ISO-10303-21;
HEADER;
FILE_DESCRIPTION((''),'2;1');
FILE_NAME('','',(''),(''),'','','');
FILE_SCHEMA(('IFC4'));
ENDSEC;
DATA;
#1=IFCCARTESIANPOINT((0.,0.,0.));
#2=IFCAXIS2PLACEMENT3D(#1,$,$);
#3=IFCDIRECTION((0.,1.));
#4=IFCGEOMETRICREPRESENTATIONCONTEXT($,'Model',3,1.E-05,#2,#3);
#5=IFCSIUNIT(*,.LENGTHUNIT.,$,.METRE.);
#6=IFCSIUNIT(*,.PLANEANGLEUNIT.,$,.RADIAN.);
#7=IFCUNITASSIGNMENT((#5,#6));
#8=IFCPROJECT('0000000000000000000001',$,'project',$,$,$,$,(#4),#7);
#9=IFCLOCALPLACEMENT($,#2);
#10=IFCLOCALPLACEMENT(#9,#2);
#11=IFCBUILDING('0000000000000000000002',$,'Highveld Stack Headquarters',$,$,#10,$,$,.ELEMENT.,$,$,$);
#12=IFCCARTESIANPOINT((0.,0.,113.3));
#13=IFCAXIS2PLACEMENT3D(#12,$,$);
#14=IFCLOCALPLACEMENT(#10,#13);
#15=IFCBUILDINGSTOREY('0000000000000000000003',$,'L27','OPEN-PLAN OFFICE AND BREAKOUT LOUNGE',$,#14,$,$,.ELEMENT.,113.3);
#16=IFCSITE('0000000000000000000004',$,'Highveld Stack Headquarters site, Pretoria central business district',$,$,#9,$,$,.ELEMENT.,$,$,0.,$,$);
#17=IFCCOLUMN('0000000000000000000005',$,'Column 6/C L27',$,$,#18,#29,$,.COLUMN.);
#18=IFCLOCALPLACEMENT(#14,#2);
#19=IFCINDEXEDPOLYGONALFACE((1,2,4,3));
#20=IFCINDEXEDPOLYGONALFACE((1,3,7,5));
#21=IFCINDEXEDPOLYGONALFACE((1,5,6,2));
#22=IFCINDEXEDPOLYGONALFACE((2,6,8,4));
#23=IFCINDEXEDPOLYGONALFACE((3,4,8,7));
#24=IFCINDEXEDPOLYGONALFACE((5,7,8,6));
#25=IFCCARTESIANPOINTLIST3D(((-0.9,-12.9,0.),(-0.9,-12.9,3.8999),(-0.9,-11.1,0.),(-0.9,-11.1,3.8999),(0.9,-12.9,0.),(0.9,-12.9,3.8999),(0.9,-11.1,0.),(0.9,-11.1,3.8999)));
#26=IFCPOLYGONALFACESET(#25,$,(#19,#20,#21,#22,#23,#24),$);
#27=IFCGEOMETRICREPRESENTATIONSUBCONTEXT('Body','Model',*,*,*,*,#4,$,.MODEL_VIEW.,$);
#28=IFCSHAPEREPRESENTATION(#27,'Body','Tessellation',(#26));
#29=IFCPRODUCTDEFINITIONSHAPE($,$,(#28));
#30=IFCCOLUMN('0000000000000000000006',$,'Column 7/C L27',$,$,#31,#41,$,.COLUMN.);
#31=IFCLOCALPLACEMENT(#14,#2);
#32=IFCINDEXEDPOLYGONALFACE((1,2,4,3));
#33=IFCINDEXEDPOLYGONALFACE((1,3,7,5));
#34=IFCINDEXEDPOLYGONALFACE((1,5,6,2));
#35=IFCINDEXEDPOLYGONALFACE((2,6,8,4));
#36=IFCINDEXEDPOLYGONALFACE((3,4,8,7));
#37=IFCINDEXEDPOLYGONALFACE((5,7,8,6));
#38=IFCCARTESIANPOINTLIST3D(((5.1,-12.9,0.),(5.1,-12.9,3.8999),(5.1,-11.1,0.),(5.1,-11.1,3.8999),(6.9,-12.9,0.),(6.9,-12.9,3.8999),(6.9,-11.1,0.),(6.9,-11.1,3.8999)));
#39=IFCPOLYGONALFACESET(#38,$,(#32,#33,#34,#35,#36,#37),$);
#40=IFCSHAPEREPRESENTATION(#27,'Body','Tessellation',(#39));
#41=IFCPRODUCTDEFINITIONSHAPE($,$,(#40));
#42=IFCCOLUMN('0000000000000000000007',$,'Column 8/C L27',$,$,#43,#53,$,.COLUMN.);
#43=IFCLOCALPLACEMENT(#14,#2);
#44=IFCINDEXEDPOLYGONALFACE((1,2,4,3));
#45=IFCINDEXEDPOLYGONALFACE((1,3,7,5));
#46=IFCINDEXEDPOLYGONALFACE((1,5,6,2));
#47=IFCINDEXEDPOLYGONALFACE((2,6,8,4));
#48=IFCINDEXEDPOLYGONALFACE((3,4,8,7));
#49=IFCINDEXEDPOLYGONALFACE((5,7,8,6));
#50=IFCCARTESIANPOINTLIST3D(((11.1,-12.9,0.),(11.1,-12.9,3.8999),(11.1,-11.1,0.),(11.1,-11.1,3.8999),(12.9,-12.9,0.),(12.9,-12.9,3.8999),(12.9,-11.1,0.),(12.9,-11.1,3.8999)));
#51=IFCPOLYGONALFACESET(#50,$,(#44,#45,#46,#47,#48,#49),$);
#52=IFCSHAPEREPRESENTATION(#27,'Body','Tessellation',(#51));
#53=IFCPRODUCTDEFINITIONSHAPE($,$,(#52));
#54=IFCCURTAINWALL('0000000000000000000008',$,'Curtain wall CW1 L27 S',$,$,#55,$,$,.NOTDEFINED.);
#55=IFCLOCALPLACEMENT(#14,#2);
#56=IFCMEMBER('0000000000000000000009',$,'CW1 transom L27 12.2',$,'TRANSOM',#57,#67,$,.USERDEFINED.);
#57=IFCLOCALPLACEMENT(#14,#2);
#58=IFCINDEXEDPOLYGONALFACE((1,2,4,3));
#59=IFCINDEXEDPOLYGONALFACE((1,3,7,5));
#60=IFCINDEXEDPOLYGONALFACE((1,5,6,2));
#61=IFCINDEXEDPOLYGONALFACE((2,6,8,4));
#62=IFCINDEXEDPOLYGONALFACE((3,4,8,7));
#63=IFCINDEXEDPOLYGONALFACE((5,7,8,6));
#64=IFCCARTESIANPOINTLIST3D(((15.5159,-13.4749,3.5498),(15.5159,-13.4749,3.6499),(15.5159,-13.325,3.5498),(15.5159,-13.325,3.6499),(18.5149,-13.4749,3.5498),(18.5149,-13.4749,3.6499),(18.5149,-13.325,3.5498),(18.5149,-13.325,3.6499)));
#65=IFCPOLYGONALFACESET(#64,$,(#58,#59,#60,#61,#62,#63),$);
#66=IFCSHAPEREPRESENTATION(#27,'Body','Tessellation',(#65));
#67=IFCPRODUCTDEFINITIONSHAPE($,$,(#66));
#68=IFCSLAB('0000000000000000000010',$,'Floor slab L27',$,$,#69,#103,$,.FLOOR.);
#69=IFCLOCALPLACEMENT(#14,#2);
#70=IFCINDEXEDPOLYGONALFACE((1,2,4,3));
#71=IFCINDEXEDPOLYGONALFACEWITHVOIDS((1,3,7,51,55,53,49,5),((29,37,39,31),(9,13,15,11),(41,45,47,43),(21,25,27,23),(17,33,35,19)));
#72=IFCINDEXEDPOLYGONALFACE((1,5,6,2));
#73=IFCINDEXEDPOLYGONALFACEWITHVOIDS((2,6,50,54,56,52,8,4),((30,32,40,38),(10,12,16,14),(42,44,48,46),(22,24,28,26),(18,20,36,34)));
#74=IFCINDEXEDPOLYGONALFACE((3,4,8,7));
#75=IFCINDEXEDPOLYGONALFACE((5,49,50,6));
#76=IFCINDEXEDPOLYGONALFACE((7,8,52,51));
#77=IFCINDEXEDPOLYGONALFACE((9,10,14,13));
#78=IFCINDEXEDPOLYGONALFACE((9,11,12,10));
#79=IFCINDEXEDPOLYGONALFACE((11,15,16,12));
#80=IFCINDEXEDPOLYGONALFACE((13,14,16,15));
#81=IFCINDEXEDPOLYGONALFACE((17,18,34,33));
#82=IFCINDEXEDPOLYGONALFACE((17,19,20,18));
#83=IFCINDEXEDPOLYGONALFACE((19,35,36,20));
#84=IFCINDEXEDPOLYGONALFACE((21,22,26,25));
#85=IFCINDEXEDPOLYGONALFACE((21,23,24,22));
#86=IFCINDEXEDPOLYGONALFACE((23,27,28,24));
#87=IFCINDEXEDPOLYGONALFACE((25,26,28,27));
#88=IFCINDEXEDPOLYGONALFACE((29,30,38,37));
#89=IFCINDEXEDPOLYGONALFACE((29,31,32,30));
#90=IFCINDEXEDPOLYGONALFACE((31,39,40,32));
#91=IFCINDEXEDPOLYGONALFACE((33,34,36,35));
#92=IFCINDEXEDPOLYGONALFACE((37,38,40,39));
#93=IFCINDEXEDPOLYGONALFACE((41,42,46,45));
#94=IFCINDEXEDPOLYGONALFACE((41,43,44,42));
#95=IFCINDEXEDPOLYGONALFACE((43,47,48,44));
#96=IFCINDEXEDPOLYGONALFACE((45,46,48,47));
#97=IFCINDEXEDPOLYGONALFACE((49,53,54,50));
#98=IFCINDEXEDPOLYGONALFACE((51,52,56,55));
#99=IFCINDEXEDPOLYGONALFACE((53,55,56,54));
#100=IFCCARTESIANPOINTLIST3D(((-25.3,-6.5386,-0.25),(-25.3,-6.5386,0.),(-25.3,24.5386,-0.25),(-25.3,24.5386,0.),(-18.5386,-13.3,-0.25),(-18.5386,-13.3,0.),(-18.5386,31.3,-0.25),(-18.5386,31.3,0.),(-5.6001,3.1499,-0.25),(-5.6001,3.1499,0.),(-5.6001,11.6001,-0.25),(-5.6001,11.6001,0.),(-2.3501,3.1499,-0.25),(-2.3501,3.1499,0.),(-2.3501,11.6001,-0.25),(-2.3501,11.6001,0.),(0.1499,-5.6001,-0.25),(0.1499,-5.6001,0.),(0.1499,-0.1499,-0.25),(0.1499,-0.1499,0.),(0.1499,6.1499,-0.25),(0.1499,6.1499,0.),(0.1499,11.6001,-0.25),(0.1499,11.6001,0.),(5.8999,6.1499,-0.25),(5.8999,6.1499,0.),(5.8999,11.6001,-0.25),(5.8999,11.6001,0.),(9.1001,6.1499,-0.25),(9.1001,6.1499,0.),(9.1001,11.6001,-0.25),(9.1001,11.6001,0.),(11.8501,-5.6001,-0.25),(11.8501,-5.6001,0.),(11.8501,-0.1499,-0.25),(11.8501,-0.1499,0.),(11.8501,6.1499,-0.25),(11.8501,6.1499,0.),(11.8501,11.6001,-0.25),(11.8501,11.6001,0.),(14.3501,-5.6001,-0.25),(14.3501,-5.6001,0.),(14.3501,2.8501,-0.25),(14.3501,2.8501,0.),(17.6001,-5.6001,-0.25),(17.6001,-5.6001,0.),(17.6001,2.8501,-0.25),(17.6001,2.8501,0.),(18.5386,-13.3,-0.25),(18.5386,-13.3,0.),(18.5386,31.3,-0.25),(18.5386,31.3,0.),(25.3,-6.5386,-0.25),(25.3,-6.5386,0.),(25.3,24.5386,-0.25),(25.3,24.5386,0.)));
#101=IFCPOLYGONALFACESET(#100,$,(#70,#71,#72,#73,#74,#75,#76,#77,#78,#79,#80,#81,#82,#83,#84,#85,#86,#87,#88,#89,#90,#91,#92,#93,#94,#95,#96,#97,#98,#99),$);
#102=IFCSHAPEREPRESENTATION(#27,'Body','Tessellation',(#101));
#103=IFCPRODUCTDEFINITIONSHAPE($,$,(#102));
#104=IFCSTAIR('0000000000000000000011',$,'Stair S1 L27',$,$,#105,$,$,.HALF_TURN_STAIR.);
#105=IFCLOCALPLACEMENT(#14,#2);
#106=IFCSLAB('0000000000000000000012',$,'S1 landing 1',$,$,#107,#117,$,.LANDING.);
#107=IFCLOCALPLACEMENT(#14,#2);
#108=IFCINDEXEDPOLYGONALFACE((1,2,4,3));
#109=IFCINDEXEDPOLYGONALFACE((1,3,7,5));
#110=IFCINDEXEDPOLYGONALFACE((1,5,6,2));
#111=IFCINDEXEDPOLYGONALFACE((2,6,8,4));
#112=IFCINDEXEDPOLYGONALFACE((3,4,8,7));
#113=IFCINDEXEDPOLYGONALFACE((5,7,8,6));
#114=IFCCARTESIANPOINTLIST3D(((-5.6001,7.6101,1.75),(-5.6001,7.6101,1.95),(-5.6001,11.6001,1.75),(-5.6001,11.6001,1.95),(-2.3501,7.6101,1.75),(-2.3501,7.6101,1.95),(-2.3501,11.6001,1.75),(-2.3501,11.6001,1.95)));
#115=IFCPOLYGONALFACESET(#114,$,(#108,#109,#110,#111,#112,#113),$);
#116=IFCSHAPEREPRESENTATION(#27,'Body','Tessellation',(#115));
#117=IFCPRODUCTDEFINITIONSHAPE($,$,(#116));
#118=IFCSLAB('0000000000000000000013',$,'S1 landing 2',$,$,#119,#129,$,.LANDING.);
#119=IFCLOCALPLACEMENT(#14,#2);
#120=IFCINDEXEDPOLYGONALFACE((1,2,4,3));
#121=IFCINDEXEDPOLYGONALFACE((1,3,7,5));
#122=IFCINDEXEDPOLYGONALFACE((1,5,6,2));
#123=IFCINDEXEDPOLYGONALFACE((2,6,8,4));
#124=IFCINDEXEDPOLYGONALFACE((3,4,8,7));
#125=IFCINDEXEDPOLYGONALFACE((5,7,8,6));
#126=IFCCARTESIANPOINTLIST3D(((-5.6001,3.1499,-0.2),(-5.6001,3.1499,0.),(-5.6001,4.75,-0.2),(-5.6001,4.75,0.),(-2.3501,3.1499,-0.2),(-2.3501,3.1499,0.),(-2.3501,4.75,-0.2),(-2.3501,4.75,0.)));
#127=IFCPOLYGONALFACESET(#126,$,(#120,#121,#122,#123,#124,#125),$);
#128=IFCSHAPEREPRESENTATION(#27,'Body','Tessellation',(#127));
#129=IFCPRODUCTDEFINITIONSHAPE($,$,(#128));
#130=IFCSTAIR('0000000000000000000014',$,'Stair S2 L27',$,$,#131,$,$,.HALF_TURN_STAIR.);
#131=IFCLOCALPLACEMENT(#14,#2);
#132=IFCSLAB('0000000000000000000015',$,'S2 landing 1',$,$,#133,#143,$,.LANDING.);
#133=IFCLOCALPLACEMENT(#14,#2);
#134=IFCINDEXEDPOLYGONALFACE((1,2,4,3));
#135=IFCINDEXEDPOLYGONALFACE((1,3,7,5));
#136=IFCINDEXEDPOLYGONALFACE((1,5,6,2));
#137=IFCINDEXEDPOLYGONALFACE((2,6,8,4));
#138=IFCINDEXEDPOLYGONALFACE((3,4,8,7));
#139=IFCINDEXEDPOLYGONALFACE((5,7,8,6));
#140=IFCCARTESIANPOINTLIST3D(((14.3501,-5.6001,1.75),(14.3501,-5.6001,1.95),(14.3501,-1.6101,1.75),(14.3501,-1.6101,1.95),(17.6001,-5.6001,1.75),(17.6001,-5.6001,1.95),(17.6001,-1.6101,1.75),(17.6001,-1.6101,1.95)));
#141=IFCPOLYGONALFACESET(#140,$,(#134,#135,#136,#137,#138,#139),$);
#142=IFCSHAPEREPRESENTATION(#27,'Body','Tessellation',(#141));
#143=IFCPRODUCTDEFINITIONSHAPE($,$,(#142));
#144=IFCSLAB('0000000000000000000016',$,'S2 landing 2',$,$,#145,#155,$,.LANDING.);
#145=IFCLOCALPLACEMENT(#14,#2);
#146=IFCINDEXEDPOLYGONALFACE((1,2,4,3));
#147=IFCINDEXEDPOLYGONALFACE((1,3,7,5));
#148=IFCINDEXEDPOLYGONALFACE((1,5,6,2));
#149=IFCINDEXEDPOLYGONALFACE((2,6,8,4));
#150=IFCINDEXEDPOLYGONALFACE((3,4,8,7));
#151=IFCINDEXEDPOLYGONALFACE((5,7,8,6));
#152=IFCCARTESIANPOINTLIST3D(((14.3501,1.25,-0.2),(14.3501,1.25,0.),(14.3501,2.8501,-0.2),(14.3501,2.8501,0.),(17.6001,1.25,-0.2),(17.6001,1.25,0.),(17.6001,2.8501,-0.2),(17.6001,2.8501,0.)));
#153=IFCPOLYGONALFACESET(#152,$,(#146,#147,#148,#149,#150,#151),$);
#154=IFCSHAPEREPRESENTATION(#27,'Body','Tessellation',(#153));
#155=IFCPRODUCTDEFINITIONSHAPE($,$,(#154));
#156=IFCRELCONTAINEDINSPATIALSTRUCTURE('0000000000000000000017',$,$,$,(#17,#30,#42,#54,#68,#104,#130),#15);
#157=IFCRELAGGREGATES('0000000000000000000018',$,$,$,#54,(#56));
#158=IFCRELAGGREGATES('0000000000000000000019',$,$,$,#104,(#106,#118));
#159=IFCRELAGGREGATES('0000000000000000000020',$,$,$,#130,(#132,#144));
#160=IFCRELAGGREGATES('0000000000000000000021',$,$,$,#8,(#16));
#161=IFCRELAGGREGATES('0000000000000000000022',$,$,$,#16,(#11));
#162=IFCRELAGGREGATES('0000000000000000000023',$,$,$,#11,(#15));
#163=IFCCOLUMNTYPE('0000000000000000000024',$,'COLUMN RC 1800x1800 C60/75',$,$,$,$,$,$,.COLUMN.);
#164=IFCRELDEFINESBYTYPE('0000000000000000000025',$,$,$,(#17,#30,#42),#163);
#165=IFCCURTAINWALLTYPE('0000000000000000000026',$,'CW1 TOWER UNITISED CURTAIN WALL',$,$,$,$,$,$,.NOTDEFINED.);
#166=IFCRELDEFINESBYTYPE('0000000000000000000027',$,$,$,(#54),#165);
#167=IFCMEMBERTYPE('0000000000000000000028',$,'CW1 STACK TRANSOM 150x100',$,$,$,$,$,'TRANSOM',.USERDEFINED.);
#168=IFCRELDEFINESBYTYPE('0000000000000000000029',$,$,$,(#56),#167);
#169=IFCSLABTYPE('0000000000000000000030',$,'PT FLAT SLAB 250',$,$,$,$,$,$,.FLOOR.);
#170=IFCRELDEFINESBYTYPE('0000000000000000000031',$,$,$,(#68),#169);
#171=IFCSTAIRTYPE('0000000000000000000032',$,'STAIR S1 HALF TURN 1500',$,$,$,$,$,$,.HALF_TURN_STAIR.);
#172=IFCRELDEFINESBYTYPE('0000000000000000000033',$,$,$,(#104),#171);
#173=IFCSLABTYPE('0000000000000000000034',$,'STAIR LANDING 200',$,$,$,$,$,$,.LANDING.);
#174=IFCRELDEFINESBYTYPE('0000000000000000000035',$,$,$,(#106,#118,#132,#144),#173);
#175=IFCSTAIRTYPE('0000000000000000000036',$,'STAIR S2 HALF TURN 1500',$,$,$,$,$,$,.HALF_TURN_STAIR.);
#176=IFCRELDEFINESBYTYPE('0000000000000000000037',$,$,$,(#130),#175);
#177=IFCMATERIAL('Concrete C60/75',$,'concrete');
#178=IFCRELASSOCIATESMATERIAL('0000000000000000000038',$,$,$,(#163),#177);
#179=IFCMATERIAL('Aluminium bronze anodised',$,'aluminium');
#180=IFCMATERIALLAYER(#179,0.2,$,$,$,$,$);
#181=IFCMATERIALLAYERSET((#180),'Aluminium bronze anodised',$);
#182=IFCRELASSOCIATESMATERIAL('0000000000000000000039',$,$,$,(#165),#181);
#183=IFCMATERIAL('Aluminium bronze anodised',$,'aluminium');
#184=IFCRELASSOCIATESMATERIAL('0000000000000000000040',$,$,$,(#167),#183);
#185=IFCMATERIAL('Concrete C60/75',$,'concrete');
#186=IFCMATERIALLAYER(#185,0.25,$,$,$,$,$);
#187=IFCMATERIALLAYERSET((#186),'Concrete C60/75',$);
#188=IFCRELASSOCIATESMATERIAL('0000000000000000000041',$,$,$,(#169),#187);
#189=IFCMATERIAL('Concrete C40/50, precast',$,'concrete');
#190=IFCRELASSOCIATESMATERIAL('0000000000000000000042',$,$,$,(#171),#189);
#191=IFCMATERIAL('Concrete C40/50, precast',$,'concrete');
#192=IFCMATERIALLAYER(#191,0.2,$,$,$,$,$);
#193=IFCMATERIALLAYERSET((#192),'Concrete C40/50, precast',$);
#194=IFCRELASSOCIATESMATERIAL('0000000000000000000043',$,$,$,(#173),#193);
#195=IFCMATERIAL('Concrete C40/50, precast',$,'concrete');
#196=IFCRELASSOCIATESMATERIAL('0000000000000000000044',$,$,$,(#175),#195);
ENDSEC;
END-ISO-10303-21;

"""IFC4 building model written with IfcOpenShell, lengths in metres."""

from ifc_helpers import new_model, si_unit, direction, frame, origin, origin_2d, place, context, subcontext, project, spatial, polyline, rectangle, outline, extrude, material, layer, layer_set, material_profile, profile_set, type_object, element, aggregate, save


model = new_model("IFC4")

# Units and contexts
model_context = context("Model", 3, precision=1e-05, world=origin(), true_north=direction((0.0, 1.0)))
body_context = subcontext(model_context, "Body", "Model", "MODEL_VIEW")
ifc_project = project(units=[si_unit("LENGTHUNIT", "METRE"), si_unit("PLANEANGLEUNIT", "RADIAN")], contexts=[model_context])

# Site, building, storey
site_placement = place(None, origin())
site = spatial("IfcSite", under=ifc_project, at=site_placement, Name="Highveld Stack Headquarters site, Pretoria central business district", CompositionType="ELEMENT", RefElevation=0.0)
building_placement = place(site_placement, origin())
building = spatial("IfcBuilding", under=site, at=building_placement, Name="Highveld Stack Headquarters", CompositionType="ELEMENT")
storey_placement = place(building_placement, frame((0.0, 0.0, 113.3)))
storey = spatial("IfcBuildingStorey", under=building, at=storey_placement, Name="L27", Description="OPEN-PLAN OFFICE AND BREAKOUT LOUNGE", CompositionType="ELEMENT", Elevation=113.3)

# Columns
ifc_material_1 = material(Name="Concrete C60/75", Category="concrete")
ifc_material_profile_1 = material_profile(ifc_material_1, rectangle(XDim=1.8, YDim=1.8, at=origin_2d()), Name="RC 1800x1800")
ifc_profile_set_1 = profile_set([ifc_material_profile_1], Name="Concrete C60/75")
column_type = type_object("IfcColumnType", Name="COLUMN RC 1800x1800 C60/75", PredefinedType="COLUMN", material=ifc_profile_set_1)
for number, where, z_axis, x_axis, name in (
    (1, (0.0, -12.0, 0.0), (0.0, 0.0, 1.0), (1.0, 0.0, 0.0), "Column 6/C L27"),
    (2, (6.0, -12.0, 0.0), (0.0, 0.0, 1.0), (1.0, 0.0, 0.0), "Column 7/C L27"),
    (3, (12.0, -12.0, 0.0), (0.0, 0.0, 1.0), (1.0, 0.0, 0.0), "Column 8/C L27"),
):
    element("IfcColumn", number, at=place(storey_placement, frame(where, z_axis=z_axis, x_axis=x_axis)), inside=storey, type_object=column_type, Name=name, PredefinedType="COLUMN", context=body_context, shape_type="SweptSolid", body=[
        extrude(rectangle(XDim=1.8, YDim=1.8, at=origin_2d()), origin(), (0.0, 0.0, 1.0), 3.8999),
    ])

# Curtain wall, member
ifc_material_2 = material(Name="Aluminium bronze anodised", Category="aluminium")
ifc_layer_1 = layer(ifc_material_2, 0.2)
ifc_layer_set_1 = layer_set([ifc_layer_1], Name="Aluminium bronze anodised")
curtain_wall_type = type_object("IfcCurtainWallType", Name="CW1 TOWER UNITISED CURTAIN WALL", PredefinedType="NOTDEFINED", material=ifc_layer_set_1)
curtain_wall_placement = place(storey_placement, origin())
curtain_wall = element("IfcCurtainWall", 4, at=curtain_wall_placement, inside=storey, type_object=curtain_wall_type, Name="Curtain wall CW1 L27 S", PredefinedType="NOTDEFINED")
ifc_material_3 = material(Name="Aluminium bronze anodised", Category="aluminium")
ifc_material_profile_2 = material_profile(ifc_material_3, rectangle(XDim=0.1499, YDim=0.1001, at=origin_2d()), Name="CW1 TRANSOM 150x100")
ifc_profile_set_2 = profile_set([ifc_material_profile_2], Name="Aluminium bronze anodised")
member_type = type_object("IfcMemberType", Name="CW1 STACK TRANSOM 150x100", ElementType="TRANSOM", PredefinedType="USERDEFINED", material=ifc_profile_set_2)
member_placement = place(storey_placement, frame((15.5159, -13.3999, 3.5999), z_axis=(1.0, 0.0, 0.0), x_axis=(0.0, 1.0, 0.0)))
member = element("IfcMember", 5, at=member_placement, type_object=member_type, Name="CW1 transom L27 12.2", ObjectType="TRANSOM", PredefinedType="USERDEFINED", context=body_context, shape_type="SweptSolid", body=[
    extrude(rectangle(XDim=0.1499, YDim=0.1001, at=origin_2d()), origin(), (0.0, 0.0, 1.0), 2.999),
])
aggregate(curtain_wall, [member])

# Slab
ifc_material_4 = material(Name="Concrete C60/75", Category="concrete")
ifc_layer_2 = layer(ifc_material_4, 0.25)
ifc_layer_set_2 = layer_set([ifc_layer_2], Name="Concrete C60/75")
slab_type_1 = type_object("IfcSlabType", Name="PT FLAT SLAB 250", PredefinedType="FLOOR", material=ifc_layer_set_2)
slab_1_placement = place(storey_placement, frame((0.0, 0.0, -0.25)))
element("IfcSlab", 6, at=slab_1_placement, inside=storey, type_object=slab_type_1, Name="Floor slab L27", PredefinedType="FLOOR", context=body_context, shape_type="SweptSolid", body=[
    extrude(outline(polyline([(-18.5386, -13.3), (18.5386, -13.3), (25.3, -6.5386), (25.3, 24.5386), (18.5386, 31.3), (-18.5386, 31.3), (-25.3, 24.5386), (-25.3, -6.5386), (-18.5386, -13.3)]), holes=[polyline([(0.1499, 6.1499), (5.8999, 6.1499), (5.8999, 11.6001), (0.1499, 11.6001), (0.1499, 6.1499)]), polyline([(9.1001, 6.1499), (11.8501, 6.1499), (11.8501, 11.6001), (9.1001, 11.6001), (9.1001, 6.1499)]), polyline([(0.1499, -5.6001), (11.8501, -5.6001), (11.8501, -0.1499), (0.1499, -0.1499), (0.1499, -5.6001)]), polyline([(-5.6001, 3.1499), (-2.3501, 3.1499), (-2.3501, 11.6001), (-5.6001, 11.6001), (-5.6001, 3.1499)]), polyline([(14.3501, -5.6001), (17.6001, -5.6001), (17.6001, 2.8501), (14.3501, 2.8501), (14.3501, -5.6001)])]), origin(), (0.0, 0.0, 1.0), 0.25),
])

# Stairs, slabs
ifc_material_5 = material(Name="Concrete C40/50, precast", Category="concrete")
stair_type_1 = type_object("IfcStairType", Name="STAIR S1 HALF TURN 1500", PredefinedType="HALF_TURN_STAIR", material=ifc_material_5)
stair_1_placement = place(storey_placement, origin())
stair_1 = element("IfcStair", 7, at=stair_1_placement, inside=storey, type_object=stair_type_1, Name="Stair S1 L27", PredefinedType="HALF_TURN_STAIR")
ifc_material_6 = material(Name="Concrete C40/50, precast", Category="concrete")
ifc_layer_3 = layer(ifc_material_6, 0.2)
ifc_layer_set_3 = layer_set([ifc_layer_3], Name="Concrete C40/50, precast")
slab_type_2 = type_object("IfcSlabType", Name="STAIR LANDING 200", PredefinedType="LANDING", material=ifc_layer_set_3)
slab_2_placement = place(storey_placement, frame((0.0, 0.0, 1.75)))
slab_2 = element("IfcSlab", 8, at=slab_2_placement, type_object=slab_type_2, Name="S1 landing 1", PredefinedType="LANDING", context=body_context, shape_type="SweptSolid", body=[
    extrude(outline(polyline([(-5.6001, 7.6101), (-2.3501, 7.6101), (-2.3501, 11.6001), (-5.6001, 11.6001), (-5.6001, 7.6101)])), origin(), (0.0, 0.0, 1.0), 0.2),
])
slab_3_placement = place(storey_placement, frame((0.0, 0.0, -0.2)))
slab_3 = element("IfcSlab", 9, at=slab_3_placement, type_object=slab_type_2, Name="S1 landing 2", PredefinedType="LANDING", context=body_context, shape_type="SweptSolid", body=[
    extrude(outline(polyline([(-5.6001, 3.1499), (-2.3501, 3.1499), (-2.3501, 4.75), (-5.6001, 4.75), (-5.6001, 3.1499)])), origin(), (0.0, 0.0, 1.0), 0.2),
])
aggregate(stair_1, [slab_2, slab_3])
ifc_material_7 = material(Name="Concrete C40/50, precast", Category="concrete")
stair_type_2 = type_object("IfcStairType", Name="STAIR S2 HALF TURN 1500", PredefinedType="HALF_TURN_STAIR", material=ifc_material_7)
stair_2_placement = place(storey_placement, origin())
stair_2 = element("IfcStair", 10, at=stair_2_placement, inside=storey, type_object=stair_type_2, Name="Stair S2 L27", PredefinedType="HALF_TURN_STAIR")
slab_4_placement = place(storey_placement, frame((0.0, 0.0, 1.75)))
slab_4 = element("IfcSlab", 11, at=slab_4_placement, type_object=slab_type_2, Name="S2 landing 1", PredefinedType="LANDING", context=body_context, shape_type="SweptSolid", body=[
    extrude(outline(polyline([(14.3501, -5.6001), (17.6001, -5.6001), (17.6001, -1.6101), (14.3501, -1.6101), (14.3501, -5.6001)])), origin(), (0.0, 0.0, 1.0), 0.2),
])
slab_5_placement = place(storey_placement, frame((0.0, 0.0, -0.2)))
slab_5 = element("IfcSlab", 12, at=slab_5_placement, type_object=slab_type_2, Name="S2 landing 2", PredefinedType="LANDING", context=body_context, shape_type="SweptSolid", body=[
    extrude(outline(polyline([(14.3501, 1.25), (17.6001, 1.25), (17.6001, 2.8501), (14.3501, 2.8501), (14.3501, 1.25)])), origin(), (0.0, 0.0, 1.0), 0.2),
])

aggregate(stair_2, [slab_4, slab_5])

save(model, "model.ifc")
